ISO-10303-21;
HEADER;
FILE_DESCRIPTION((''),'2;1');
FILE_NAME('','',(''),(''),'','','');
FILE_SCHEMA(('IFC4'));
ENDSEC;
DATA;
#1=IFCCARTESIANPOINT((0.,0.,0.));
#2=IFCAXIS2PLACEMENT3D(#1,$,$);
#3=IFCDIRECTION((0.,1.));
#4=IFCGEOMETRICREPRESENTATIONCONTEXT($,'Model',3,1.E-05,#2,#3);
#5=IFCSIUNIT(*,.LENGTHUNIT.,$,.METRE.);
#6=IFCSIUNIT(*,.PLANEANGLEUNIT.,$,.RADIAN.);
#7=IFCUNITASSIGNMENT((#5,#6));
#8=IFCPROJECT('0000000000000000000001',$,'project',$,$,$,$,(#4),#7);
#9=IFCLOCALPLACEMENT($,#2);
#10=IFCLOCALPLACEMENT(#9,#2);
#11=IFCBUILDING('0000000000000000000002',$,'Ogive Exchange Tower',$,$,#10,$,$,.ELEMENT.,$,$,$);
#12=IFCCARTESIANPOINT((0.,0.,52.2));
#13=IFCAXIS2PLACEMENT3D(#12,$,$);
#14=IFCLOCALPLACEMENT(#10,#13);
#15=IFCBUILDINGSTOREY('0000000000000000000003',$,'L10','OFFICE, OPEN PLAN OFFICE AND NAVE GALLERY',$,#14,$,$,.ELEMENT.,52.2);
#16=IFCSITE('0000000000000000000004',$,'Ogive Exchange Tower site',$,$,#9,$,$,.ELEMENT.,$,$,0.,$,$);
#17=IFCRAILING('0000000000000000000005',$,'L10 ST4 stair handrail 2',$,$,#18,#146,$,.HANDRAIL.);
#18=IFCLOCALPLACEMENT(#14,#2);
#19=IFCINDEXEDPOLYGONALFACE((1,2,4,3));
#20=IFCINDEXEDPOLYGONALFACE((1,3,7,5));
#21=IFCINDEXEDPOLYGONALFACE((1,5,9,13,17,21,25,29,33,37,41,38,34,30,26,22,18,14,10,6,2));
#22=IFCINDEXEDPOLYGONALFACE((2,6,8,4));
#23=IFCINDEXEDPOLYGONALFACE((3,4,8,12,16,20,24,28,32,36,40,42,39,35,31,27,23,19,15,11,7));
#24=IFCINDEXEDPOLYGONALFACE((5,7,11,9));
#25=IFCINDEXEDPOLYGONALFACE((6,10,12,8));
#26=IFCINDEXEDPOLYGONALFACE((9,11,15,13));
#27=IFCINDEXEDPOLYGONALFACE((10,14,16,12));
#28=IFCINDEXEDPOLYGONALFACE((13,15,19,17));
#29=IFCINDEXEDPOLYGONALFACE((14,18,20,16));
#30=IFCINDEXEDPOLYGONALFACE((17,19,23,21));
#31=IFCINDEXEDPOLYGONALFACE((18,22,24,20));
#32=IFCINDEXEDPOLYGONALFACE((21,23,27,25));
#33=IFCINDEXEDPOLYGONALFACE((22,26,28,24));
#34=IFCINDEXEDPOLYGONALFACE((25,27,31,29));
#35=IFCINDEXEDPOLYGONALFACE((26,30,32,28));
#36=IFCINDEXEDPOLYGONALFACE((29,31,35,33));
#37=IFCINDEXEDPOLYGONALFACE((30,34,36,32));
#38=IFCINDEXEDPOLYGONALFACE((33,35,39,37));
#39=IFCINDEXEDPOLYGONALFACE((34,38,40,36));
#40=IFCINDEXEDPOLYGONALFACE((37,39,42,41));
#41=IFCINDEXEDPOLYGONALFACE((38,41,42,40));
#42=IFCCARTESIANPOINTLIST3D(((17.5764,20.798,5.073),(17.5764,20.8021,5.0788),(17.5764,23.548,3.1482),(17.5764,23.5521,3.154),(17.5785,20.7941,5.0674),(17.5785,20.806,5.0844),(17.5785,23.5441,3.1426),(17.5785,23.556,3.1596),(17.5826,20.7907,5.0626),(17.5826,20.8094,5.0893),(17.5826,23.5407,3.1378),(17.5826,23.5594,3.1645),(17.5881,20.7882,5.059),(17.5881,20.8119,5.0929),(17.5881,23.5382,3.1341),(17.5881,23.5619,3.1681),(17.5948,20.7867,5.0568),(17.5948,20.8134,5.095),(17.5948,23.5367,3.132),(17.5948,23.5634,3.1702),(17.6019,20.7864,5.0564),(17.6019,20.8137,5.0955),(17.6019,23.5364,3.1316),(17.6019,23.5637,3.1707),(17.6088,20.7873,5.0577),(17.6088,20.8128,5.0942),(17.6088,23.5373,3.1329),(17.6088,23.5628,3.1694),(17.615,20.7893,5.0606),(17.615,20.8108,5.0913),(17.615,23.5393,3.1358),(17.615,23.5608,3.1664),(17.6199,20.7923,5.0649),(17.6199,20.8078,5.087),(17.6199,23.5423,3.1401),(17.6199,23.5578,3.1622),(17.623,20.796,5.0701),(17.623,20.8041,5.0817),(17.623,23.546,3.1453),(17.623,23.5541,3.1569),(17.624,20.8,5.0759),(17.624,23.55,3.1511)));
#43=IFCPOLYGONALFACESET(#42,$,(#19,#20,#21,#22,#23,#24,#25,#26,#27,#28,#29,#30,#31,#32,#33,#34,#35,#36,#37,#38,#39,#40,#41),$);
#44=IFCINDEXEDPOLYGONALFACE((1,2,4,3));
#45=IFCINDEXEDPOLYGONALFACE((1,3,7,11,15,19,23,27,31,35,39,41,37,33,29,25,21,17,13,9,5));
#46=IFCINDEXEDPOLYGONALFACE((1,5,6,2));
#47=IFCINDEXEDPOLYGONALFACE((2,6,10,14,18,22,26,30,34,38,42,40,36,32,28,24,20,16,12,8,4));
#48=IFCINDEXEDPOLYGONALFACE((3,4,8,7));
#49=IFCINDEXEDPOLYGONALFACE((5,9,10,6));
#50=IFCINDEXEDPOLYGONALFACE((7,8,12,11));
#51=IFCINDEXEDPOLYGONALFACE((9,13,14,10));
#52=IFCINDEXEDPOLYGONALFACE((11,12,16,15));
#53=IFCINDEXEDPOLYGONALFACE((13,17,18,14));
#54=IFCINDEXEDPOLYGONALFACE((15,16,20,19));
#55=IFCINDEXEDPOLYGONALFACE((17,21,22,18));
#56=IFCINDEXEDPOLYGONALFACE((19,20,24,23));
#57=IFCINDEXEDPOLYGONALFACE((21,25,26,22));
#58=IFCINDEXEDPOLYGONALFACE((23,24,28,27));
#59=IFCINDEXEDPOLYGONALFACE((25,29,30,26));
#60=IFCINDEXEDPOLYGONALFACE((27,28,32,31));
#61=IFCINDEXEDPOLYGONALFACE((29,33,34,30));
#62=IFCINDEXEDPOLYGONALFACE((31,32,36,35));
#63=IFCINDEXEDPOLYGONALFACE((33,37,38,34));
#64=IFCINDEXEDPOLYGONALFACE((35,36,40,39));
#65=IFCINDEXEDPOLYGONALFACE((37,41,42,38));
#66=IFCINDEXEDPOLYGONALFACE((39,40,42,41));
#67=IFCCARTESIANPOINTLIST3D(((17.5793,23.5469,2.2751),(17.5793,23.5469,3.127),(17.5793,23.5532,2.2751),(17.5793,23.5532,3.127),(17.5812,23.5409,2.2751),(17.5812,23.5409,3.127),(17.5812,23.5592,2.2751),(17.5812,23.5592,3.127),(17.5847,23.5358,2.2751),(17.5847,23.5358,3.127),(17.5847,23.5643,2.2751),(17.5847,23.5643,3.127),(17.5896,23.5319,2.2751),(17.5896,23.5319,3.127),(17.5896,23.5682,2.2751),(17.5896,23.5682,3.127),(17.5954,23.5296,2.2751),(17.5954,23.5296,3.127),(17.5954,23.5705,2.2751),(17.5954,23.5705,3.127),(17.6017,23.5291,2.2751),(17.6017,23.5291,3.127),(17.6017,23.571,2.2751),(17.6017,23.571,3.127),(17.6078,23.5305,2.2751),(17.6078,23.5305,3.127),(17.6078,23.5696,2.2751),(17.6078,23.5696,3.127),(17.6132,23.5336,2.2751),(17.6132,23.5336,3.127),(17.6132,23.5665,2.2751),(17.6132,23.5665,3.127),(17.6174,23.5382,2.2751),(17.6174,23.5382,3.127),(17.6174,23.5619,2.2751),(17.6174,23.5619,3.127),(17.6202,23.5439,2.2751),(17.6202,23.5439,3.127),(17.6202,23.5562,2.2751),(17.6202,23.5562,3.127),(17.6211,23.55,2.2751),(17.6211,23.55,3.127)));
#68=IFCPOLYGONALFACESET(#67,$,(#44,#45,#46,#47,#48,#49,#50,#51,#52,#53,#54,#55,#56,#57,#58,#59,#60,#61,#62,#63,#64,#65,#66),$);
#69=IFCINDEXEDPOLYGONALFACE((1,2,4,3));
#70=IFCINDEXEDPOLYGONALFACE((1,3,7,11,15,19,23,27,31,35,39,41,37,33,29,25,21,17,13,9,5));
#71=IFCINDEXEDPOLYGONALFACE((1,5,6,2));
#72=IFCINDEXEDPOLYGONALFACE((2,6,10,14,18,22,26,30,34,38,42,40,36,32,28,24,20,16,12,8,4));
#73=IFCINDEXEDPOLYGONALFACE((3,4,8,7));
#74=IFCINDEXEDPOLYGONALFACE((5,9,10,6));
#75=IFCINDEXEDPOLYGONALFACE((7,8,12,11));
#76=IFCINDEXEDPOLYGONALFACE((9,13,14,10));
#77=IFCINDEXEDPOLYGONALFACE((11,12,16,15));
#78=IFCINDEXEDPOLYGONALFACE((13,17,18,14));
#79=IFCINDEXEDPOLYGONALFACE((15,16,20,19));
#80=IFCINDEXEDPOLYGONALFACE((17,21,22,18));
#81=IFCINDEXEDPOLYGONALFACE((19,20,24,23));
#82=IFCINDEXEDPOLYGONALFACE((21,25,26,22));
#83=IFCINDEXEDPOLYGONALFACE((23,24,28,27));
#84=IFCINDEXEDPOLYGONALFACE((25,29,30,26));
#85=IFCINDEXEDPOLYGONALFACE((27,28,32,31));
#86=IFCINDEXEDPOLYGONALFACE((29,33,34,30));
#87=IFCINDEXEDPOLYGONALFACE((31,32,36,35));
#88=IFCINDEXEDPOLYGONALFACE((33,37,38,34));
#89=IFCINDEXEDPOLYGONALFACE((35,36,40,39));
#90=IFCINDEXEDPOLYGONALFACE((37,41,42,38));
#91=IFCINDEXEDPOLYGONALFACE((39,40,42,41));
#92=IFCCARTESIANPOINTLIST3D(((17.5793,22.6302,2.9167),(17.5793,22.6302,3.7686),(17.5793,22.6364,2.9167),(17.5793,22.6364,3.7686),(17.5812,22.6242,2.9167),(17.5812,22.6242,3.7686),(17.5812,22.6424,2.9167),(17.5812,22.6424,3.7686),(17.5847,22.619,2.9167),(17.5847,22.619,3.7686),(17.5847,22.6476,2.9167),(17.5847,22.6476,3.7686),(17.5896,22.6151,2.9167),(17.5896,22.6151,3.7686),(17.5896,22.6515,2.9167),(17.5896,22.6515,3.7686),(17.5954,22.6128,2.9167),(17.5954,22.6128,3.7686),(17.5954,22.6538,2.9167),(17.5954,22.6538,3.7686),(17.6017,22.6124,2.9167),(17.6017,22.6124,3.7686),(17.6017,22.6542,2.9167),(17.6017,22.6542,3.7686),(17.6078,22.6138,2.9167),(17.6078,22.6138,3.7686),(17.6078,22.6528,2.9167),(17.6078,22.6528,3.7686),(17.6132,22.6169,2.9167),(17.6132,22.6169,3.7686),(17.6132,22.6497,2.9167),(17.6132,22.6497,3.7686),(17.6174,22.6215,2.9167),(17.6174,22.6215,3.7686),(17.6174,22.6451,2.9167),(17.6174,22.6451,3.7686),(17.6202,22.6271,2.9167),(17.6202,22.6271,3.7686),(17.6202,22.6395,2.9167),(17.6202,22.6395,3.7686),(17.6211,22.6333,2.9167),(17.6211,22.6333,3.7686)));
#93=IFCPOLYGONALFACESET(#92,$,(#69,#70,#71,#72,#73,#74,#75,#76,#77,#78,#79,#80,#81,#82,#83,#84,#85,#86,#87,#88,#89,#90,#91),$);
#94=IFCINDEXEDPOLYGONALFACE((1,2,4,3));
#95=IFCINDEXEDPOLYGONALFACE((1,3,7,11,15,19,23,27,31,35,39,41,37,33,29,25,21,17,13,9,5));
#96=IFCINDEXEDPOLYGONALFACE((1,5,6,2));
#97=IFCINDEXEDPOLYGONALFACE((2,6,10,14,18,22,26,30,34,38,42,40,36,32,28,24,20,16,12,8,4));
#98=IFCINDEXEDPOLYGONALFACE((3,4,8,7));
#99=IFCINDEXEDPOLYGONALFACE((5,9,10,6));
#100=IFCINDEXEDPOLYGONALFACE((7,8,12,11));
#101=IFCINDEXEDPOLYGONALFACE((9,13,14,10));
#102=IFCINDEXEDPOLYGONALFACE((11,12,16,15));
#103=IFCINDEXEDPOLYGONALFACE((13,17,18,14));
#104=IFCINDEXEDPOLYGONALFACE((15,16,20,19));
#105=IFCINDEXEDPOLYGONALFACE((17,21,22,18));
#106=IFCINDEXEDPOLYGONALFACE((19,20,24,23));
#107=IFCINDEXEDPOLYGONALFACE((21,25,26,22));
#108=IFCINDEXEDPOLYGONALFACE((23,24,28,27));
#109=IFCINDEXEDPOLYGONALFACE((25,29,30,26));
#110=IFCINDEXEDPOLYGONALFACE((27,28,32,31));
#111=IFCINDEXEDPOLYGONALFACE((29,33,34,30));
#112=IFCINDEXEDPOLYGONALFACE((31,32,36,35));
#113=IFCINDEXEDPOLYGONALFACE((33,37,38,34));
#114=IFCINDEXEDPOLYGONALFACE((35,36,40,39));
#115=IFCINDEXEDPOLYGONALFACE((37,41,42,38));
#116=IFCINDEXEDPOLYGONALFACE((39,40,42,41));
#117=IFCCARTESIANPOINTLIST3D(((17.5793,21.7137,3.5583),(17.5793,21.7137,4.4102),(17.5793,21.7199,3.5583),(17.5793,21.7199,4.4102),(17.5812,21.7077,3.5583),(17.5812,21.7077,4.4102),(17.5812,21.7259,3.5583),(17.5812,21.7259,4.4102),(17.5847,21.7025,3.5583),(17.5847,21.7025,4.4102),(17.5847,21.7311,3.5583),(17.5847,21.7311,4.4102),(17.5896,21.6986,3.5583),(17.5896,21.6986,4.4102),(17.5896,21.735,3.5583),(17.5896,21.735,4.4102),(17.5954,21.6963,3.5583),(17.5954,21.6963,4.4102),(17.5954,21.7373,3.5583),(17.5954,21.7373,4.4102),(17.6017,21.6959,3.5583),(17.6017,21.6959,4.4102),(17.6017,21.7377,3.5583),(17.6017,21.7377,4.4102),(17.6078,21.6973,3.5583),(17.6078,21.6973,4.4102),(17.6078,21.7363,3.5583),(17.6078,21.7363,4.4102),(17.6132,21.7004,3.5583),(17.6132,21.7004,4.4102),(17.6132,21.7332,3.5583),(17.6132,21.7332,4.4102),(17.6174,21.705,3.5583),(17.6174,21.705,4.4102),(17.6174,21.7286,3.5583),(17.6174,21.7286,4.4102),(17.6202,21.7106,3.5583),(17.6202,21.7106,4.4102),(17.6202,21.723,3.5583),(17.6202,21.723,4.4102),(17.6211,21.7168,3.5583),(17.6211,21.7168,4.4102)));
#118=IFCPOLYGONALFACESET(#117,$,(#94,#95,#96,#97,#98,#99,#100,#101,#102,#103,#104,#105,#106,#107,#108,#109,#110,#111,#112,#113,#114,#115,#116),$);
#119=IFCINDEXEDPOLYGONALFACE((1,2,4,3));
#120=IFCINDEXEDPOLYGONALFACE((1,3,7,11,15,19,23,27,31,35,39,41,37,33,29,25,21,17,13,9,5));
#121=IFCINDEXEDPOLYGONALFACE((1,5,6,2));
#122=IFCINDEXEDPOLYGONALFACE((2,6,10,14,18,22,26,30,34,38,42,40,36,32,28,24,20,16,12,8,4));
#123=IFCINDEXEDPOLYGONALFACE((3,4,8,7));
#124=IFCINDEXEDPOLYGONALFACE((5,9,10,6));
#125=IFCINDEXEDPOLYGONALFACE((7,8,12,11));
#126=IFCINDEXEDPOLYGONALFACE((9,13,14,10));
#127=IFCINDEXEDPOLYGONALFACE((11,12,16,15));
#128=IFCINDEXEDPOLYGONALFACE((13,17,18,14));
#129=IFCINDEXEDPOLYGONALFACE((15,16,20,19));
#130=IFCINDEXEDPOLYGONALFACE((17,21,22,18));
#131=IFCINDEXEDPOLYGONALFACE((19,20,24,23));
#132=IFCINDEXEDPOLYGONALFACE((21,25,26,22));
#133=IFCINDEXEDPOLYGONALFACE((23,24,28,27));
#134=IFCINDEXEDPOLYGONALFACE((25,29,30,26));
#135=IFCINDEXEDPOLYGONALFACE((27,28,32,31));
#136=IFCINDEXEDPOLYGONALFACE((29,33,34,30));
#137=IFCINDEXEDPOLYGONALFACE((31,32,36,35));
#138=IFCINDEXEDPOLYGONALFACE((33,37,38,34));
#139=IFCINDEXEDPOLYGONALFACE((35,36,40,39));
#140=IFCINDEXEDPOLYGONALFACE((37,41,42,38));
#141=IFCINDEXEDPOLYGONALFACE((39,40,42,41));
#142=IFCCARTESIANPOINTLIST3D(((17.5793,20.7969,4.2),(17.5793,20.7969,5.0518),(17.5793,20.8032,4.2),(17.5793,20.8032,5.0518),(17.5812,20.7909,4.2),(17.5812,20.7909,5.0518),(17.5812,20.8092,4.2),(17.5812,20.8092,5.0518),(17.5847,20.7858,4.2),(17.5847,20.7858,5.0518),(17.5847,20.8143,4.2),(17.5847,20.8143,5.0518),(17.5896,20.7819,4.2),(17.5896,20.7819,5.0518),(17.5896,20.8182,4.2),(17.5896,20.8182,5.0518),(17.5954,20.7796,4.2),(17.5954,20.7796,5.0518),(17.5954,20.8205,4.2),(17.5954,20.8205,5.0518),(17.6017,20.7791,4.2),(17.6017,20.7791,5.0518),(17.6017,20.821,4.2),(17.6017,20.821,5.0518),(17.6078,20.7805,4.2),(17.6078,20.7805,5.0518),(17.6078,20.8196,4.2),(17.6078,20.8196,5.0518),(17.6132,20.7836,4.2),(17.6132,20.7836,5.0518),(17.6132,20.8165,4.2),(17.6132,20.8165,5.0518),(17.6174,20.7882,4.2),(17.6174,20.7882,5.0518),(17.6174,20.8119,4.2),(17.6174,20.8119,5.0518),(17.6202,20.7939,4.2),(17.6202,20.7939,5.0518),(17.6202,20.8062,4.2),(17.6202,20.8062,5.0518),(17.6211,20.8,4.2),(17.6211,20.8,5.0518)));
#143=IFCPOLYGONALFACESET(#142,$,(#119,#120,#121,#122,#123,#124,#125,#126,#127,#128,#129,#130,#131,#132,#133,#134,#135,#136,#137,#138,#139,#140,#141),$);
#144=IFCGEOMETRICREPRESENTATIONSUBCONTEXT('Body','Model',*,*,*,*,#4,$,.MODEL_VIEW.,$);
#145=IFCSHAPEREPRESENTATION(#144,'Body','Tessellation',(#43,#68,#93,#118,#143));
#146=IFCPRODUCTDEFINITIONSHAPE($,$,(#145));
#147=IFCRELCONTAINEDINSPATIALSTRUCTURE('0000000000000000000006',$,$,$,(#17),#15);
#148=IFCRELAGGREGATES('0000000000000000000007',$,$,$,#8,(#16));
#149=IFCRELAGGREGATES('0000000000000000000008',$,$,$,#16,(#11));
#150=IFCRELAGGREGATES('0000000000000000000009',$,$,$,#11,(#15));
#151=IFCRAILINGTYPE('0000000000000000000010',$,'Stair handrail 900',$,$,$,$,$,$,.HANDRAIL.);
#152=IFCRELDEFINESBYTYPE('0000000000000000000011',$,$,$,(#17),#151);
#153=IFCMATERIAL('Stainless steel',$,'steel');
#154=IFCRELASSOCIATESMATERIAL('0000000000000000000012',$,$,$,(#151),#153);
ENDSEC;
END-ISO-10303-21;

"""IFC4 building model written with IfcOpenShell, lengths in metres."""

from ifc_helpers import new_model, si_unit, direction, frame, origin, origin_2d, place, context, subcontext, project, spatial, circle, extrude, material, type_object, element, save


model = new_model("IFC4")

# Units and contexts
model_context = context("Model", 3, precision=1e-05, world=origin(), true_north=direction((0.0, 1.0)))
body_context = subcontext(model_context, "Body", "Model", "MODEL_VIEW")
ifc_project = project(units=[si_unit("LENGTHUNIT", "METRE"), si_unit("PLANEANGLEUNIT", "RADIAN")], contexts=[model_context])

# Site, building, storey
site_placement = place(None, origin())
site = spatial("IfcSite", under=ifc_project, at=site_placement, Name="Ogive Exchange Tower site", CompositionType="ELEMENT", RefElevation=0.0)
building_placement = place(site_placement, origin())
building = spatial("IfcBuilding", under=site, at=building_placement, Name="Ogive Exchange Tower", CompositionType="ELEMENT")
storey_placement = place(building_placement, frame((0.0, 0.0, 52.2)))
storey = spatial("IfcBuildingStorey", under=building, at=storey_placement, Name="L10", Description="OFFICE, OPEN PLAN OFFICE AND NAVE GALLERY", CompositionType="ELEMENT", Elevation=52.2)

# Railing
ifc_material_1 = material(Name="Stainless steel", Category="steel")
railing_type = type_object("IfcRailingType", Name="Stair handrail 900", PredefinedType="HANDRAIL", material=ifc_material_1)
railing_1_placement = place(storey_placement, frame((17.6001, 23.55, 2.2751)))
element("IfcRailing", 1, at=railing_1_placement, inside=storey, type_object=railing_type, Name="L10 ST4 stair handrail 2", PredefinedType="HANDRAIL", context=body_context, shape_type="SweptSolid", body=[
    extrude(circle(Radius=0.0239, at=origin_2d()), frame((0.0, 0.0, 0.876), z_axis=(0.0, -0.819259, 0.573423), x_axis=(1.0, 0.0, 0.0)), (0.0, 0.0, 1.0), 3.3567),
    extrude(circle(Radius=0.021, at=origin_2d()), origin(), (0.0, 0.0, 1.0), 0.8518),
    extrude(circle(Radius=0.021, at=origin_2d()), frame((0.0, -0.9167, 0.6416)), (0.0, 0.0, 1.0), 0.8518),
    extrude(circle(Radius=0.021, at=origin_2d()), frame((0.0, -1.8333, 1.2832)), (0.0, 0.0, 1.0), 0.8518),
    extrude(circle(Radius=0.021, at=origin_2d()), frame((0.0, -2.75, 1.9248)), (0.0, 0.0, 1.0), 0.8518),
])

save(model, "model.ifc")
